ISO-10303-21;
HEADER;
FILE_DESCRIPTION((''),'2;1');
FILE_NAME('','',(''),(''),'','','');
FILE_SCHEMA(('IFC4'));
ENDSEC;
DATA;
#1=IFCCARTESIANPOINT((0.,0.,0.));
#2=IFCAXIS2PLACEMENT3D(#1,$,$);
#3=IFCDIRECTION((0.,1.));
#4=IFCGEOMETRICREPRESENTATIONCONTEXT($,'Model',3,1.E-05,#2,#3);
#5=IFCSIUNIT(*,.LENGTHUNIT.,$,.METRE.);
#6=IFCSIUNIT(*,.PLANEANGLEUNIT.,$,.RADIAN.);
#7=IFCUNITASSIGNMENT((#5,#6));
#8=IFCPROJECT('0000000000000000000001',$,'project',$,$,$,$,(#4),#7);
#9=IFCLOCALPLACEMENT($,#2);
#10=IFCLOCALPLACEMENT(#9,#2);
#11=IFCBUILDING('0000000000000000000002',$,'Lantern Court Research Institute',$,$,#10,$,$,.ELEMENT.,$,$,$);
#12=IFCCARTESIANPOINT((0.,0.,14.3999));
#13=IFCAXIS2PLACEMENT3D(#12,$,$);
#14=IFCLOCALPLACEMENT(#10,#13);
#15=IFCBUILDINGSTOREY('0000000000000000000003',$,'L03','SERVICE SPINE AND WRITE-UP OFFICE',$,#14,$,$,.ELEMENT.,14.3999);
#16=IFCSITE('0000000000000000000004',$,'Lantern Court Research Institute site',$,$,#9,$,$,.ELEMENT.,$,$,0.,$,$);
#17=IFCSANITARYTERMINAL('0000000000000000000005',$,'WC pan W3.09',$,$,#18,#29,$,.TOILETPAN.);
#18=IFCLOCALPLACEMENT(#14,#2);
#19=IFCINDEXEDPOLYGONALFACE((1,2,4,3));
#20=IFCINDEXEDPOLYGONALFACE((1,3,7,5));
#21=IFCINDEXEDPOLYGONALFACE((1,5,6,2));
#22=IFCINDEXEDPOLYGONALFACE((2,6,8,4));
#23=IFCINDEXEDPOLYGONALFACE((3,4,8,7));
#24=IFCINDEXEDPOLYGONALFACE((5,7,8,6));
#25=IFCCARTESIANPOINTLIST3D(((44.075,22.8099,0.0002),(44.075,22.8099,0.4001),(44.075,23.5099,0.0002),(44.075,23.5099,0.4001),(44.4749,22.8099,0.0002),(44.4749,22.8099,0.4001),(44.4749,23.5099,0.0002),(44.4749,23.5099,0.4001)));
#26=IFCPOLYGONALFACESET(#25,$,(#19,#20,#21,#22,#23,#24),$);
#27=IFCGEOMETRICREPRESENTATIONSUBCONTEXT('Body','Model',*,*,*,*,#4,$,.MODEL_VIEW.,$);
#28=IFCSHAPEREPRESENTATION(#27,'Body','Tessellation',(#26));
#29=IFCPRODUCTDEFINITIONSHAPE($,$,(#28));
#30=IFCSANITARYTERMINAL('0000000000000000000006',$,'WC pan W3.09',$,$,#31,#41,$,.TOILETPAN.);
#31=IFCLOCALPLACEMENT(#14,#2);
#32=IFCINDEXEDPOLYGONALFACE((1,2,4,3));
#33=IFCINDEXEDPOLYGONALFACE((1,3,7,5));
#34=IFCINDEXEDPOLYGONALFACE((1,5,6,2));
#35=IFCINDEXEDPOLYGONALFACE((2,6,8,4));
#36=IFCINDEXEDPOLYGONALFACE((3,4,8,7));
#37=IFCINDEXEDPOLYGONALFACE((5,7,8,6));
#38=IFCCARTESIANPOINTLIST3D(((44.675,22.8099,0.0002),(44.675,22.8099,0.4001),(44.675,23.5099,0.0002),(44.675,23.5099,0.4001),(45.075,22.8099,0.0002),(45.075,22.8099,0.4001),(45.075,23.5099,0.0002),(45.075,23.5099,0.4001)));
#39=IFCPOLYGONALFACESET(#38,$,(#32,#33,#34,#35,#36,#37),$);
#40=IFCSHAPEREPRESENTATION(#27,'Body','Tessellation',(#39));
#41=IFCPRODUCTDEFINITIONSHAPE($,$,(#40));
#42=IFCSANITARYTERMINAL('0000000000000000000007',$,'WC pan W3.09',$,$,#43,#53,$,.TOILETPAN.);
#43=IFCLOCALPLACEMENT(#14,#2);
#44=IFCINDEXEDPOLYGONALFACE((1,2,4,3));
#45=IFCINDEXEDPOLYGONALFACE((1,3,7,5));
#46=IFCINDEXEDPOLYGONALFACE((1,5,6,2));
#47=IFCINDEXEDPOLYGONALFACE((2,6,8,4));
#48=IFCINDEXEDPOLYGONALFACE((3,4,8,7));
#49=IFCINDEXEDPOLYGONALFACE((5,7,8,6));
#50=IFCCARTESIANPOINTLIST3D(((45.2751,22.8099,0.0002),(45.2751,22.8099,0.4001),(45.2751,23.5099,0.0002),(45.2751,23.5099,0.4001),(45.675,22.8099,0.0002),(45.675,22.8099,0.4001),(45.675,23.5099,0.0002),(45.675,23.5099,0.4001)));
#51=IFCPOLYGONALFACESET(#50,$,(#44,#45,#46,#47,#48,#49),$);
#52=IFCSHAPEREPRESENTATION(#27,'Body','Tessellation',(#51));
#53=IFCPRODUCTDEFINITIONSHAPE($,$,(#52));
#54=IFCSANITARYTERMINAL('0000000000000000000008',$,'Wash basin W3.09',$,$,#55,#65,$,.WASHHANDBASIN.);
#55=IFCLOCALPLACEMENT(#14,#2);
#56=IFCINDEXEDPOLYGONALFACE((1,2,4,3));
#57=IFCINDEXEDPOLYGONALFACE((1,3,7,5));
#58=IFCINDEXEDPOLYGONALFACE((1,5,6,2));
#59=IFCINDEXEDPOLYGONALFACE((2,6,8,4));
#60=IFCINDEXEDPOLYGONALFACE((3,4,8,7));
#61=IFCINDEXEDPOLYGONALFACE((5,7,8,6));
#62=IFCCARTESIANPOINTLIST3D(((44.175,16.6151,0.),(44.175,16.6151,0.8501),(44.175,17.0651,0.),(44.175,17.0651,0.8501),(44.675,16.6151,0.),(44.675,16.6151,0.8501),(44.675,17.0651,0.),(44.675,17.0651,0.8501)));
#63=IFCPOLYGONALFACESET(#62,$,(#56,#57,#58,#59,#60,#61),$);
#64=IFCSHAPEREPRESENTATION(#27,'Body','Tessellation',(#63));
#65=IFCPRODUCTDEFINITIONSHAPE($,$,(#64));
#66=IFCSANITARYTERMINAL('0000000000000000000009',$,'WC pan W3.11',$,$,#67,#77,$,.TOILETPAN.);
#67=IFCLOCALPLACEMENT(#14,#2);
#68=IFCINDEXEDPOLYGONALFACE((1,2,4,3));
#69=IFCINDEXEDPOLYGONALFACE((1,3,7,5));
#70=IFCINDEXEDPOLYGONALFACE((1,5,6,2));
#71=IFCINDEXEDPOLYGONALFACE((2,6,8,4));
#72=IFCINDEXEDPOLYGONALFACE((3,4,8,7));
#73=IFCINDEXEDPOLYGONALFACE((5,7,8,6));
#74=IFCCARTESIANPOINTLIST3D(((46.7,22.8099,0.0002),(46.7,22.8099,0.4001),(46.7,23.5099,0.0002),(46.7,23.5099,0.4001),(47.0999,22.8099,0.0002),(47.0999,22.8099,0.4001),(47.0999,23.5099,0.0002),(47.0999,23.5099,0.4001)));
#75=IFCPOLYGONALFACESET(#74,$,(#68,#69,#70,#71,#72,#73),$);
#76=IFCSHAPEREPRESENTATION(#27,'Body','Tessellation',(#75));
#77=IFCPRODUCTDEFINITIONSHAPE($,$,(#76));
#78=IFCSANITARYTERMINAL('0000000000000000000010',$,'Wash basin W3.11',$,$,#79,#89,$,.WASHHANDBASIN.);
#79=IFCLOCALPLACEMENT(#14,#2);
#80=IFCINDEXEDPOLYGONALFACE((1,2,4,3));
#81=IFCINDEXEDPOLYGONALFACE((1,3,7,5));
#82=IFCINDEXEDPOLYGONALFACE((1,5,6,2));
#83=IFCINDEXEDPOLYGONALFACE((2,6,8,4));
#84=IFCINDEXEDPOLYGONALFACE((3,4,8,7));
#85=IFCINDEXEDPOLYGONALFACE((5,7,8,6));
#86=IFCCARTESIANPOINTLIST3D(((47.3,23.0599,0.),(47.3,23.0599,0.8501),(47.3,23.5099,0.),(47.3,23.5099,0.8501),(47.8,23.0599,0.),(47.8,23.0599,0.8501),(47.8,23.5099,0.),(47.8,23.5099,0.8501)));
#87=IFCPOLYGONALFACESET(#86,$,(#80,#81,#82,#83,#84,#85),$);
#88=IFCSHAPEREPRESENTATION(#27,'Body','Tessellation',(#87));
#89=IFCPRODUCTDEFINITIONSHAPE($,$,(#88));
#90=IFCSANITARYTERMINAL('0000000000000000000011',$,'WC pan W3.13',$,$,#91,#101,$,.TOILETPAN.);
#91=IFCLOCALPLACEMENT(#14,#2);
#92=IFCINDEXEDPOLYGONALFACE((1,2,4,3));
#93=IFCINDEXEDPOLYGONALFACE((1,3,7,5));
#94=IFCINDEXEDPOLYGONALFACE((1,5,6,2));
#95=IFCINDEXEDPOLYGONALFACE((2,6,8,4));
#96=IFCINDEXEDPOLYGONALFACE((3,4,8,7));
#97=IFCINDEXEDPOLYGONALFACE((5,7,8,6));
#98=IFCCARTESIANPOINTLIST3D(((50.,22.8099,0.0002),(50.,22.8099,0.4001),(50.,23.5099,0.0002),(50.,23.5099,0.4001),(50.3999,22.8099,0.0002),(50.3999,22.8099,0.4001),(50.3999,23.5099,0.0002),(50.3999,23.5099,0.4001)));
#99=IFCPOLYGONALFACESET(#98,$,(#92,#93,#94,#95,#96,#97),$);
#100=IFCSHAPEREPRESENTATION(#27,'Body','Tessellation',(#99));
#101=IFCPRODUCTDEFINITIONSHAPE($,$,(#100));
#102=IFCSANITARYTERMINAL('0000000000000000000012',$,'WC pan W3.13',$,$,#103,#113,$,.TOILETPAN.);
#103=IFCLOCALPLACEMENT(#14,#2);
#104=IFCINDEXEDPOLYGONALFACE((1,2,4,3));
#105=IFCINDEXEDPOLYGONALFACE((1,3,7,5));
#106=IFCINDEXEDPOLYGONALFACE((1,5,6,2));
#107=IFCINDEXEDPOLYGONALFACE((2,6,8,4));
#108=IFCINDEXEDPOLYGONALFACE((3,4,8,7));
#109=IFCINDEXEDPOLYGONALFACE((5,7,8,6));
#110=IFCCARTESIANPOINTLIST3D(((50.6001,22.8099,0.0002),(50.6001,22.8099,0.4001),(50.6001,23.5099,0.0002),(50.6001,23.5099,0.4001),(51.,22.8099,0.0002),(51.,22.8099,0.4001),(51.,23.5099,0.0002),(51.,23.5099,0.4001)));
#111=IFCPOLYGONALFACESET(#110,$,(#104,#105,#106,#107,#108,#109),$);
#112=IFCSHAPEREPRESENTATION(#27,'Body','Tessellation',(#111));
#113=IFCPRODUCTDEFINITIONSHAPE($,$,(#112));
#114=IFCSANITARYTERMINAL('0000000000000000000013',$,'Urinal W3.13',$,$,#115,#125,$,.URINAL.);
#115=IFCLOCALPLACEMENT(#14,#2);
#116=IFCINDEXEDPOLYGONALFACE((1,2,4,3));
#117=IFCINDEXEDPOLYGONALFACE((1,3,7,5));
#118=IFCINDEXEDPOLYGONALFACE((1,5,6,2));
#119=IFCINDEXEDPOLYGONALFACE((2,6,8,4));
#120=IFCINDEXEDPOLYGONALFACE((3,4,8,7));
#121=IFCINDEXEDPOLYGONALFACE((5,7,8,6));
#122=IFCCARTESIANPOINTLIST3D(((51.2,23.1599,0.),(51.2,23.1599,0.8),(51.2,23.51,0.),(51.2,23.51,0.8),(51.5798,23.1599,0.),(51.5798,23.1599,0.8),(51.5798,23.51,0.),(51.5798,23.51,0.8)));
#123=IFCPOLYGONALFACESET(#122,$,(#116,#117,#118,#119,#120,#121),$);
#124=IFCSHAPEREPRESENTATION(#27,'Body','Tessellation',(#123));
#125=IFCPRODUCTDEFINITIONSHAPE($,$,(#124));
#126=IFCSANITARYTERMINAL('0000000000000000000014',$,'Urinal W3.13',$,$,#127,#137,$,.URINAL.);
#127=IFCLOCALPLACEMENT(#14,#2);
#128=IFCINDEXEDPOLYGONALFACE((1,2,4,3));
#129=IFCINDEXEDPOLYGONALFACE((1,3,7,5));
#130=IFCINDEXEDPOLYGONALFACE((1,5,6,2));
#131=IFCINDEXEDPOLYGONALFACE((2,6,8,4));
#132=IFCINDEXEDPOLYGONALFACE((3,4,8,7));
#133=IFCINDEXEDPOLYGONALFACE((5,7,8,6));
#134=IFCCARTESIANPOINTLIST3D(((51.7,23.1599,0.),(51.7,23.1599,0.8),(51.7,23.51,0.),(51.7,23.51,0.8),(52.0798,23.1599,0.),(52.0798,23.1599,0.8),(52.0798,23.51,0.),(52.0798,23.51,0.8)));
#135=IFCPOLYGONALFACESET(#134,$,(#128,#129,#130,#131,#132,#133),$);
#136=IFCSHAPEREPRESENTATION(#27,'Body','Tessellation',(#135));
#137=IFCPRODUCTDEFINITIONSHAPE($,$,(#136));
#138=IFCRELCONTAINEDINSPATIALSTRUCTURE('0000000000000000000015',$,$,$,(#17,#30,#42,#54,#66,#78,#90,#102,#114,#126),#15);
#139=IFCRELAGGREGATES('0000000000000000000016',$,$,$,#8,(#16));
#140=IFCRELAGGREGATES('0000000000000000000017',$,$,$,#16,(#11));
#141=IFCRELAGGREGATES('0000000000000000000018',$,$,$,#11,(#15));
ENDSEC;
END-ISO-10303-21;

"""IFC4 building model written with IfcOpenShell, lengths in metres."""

from ifc_helpers import new_model, si_unit, direction, frame, origin, origin_2d, place, context, subcontext, project, spatial, rectangle, extrude, element, save


model = new_model("IFC4")

# Units and contexts
model_context = context("Model", 3, precision=1e-05, world=origin(), true_north=direction((0.0, 1.0)))
body_context = subcontext(model_context, "Body", "Model", "MODEL_VIEW")
ifc_project = project(units=[si_unit("LENGTHUNIT", "METRE"), si_unit("PLANEANGLEUNIT", "RADIAN")], contexts=[model_context])

# Site, building, storey
site_placement = place(None, origin())
site = spatial("IfcSite", under=ifc_project, at=site_placement, Name="Lantern Court Research Institute site", CompositionType="ELEMENT", RefElevation=0.0)
building_placement = place(site_placement, origin())
building = spatial("IfcBuilding", under=site, at=building_placement, Name="Lantern Court Research Institute", CompositionType="ELEMENT")
storey_placement = place(building_placement, frame((0.0, 0.0, 14.3999)))
storey = spatial("IfcBuildingStorey", under=building, at=storey_placement, Name="L03", Description="SERVICE SPINE AND WRITE-UP OFFICE", CompositionType="ELEMENT", Elevation=14.3999)

# Sanitary terminals
for number, where, z_axis, x_axis, name in (
    (1, (44.2749, 23.1599, 0.0002), (0.0, 0.0, 1.0), (1.0, 0.0, 0.0), "WC pan W3.09"),
    (2, (44.875, 23.1599, 0.0002), (0.0, 0.0, 1.0), (1.0, 0.0, 0.0), "WC pan W3.09"),
    (3, (45.4751, 23.1599, 0.0002), (0.0, 0.0, 1.0), (1.0, 0.0, 0.0), "WC pan W3.09"),
):
    element("IfcSanitaryTerminal", number, at=place(storey_placement, frame(where, z_axis=z_axis, x_axis=x_axis)), inside=storey, Name=name, PredefinedType="TOILETPAN", context=body_context, shape_type="SweptSolid", body=[
        extrude(rectangle(XDim=0.3999, YDim=0.7, at=origin_2d()), origin(), (0.0, 0.0, 1.0), 0.3999),
    ])
sanitary_terminal_1_placement = place(storey_placement, frame((44.425, 16.8401, 0.0), z_axis=(0.0, 0.0, 1.0), x_axis=(1.0, 0.0, 0.0)))
element("IfcSanitaryTerminal", 4, at=sanitary_terminal_1_placement, inside=storey, Name="Wash basin W3.09", PredefinedType="WASHHANDBASIN", context=body_context, shape_type="SweptSolid", body=[
    extrude(rectangle(XDim=0.5, YDim=0.45, at=origin_2d()), origin(), (0.0, 0.0, 1.0), 0.8501),
])
sanitary_terminal_2_placement = place(storey_placement, frame((46.8999, 23.1599, 0.0002), z_axis=(0.0, 0.0, 1.0), x_axis=(1.0, 0.0, 0.0)))
element("IfcSanitaryTerminal", 5, at=sanitary_terminal_2_placement, inside=storey, Name="WC pan W3.11", PredefinedType="TOILETPAN", context=body_context, shape_type="SweptSolid", body=[
    extrude(rectangle(XDim=0.3999, YDim=0.7, at=origin_2d()), origin(), (0.0, 0.0, 1.0), 0.3999),
])
sanitary_terminal_3_placement = place(storey_placement, frame((47.55, 23.2849, 0.0), z_axis=(0.0, 0.0, 1.0), x_axis=(1.0, 0.0, 0.0)))
element("IfcSanitaryTerminal", 6, at=sanitary_terminal_3_placement, inside=storey, Name="Wash basin W3.11", PredefinedType="WASHHANDBASIN", context=body_context, shape_type="SweptSolid", body=[
    extrude(rectangle(XDim=0.5, YDim=0.45, at=origin_2d()), origin(), (0.0, 0.0, 1.0), 0.8501),
])
for number, where, z_axis, x_axis, name in (
    (7, (50.2, 23.1599, 0.0002), (0.0, 0.0, 1.0), (1.0, 0.0, 0.0), "WC pan W3.13"),
    (8, (50.8, 23.1599, 0.0002), (0.0, 0.0, 1.0), (1.0, 0.0, 0.0), "WC pan W3.13"),
):
    element("IfcSanitaryTerminal", number, at=place(storey_placement, frame(where, z_axis=z_axis, x_axis=x_axis)), inside=storey, Name=name, PredefinedType="TOILETPAN", context=body_context, shape_type="SweptSolid", body=[
        extrude(rectangle(XDim=0.3999, YDim=0.7, at=origin_2d()), origin(), (0.0, 0.0, 1.0), 0.3999),
    ])
for number, where, z_axis, x_axis, name in (
    (9, (51.3899, 23.335, 0.0), (0.0, 0.0, 1.0), (1.0, 0.0, 0.0), "Urinal W3.13"),
    (10, (51.8899, 23.335, 0.0), (0.0, 0.0, 1.0), (1.0, 0.0, 0.0), "Urinal W3.13"),
):
    element("IfcSanitaryTerminal", number, at=place(storey_placement, frame(where, z_axis=z_axis, x_axis=x_axis)), inside=storey, Name=name, PredefinedType="URINAL", context=body_context, shape_type="SweptSolid", body=[
        extrude(rectangle(XDim=0.3799, YDim=0.3501, at=origin_2d()), origin(), (0.0, 0.0, 1.0), 0.8),
    ])

save(model, "model.ifc")
